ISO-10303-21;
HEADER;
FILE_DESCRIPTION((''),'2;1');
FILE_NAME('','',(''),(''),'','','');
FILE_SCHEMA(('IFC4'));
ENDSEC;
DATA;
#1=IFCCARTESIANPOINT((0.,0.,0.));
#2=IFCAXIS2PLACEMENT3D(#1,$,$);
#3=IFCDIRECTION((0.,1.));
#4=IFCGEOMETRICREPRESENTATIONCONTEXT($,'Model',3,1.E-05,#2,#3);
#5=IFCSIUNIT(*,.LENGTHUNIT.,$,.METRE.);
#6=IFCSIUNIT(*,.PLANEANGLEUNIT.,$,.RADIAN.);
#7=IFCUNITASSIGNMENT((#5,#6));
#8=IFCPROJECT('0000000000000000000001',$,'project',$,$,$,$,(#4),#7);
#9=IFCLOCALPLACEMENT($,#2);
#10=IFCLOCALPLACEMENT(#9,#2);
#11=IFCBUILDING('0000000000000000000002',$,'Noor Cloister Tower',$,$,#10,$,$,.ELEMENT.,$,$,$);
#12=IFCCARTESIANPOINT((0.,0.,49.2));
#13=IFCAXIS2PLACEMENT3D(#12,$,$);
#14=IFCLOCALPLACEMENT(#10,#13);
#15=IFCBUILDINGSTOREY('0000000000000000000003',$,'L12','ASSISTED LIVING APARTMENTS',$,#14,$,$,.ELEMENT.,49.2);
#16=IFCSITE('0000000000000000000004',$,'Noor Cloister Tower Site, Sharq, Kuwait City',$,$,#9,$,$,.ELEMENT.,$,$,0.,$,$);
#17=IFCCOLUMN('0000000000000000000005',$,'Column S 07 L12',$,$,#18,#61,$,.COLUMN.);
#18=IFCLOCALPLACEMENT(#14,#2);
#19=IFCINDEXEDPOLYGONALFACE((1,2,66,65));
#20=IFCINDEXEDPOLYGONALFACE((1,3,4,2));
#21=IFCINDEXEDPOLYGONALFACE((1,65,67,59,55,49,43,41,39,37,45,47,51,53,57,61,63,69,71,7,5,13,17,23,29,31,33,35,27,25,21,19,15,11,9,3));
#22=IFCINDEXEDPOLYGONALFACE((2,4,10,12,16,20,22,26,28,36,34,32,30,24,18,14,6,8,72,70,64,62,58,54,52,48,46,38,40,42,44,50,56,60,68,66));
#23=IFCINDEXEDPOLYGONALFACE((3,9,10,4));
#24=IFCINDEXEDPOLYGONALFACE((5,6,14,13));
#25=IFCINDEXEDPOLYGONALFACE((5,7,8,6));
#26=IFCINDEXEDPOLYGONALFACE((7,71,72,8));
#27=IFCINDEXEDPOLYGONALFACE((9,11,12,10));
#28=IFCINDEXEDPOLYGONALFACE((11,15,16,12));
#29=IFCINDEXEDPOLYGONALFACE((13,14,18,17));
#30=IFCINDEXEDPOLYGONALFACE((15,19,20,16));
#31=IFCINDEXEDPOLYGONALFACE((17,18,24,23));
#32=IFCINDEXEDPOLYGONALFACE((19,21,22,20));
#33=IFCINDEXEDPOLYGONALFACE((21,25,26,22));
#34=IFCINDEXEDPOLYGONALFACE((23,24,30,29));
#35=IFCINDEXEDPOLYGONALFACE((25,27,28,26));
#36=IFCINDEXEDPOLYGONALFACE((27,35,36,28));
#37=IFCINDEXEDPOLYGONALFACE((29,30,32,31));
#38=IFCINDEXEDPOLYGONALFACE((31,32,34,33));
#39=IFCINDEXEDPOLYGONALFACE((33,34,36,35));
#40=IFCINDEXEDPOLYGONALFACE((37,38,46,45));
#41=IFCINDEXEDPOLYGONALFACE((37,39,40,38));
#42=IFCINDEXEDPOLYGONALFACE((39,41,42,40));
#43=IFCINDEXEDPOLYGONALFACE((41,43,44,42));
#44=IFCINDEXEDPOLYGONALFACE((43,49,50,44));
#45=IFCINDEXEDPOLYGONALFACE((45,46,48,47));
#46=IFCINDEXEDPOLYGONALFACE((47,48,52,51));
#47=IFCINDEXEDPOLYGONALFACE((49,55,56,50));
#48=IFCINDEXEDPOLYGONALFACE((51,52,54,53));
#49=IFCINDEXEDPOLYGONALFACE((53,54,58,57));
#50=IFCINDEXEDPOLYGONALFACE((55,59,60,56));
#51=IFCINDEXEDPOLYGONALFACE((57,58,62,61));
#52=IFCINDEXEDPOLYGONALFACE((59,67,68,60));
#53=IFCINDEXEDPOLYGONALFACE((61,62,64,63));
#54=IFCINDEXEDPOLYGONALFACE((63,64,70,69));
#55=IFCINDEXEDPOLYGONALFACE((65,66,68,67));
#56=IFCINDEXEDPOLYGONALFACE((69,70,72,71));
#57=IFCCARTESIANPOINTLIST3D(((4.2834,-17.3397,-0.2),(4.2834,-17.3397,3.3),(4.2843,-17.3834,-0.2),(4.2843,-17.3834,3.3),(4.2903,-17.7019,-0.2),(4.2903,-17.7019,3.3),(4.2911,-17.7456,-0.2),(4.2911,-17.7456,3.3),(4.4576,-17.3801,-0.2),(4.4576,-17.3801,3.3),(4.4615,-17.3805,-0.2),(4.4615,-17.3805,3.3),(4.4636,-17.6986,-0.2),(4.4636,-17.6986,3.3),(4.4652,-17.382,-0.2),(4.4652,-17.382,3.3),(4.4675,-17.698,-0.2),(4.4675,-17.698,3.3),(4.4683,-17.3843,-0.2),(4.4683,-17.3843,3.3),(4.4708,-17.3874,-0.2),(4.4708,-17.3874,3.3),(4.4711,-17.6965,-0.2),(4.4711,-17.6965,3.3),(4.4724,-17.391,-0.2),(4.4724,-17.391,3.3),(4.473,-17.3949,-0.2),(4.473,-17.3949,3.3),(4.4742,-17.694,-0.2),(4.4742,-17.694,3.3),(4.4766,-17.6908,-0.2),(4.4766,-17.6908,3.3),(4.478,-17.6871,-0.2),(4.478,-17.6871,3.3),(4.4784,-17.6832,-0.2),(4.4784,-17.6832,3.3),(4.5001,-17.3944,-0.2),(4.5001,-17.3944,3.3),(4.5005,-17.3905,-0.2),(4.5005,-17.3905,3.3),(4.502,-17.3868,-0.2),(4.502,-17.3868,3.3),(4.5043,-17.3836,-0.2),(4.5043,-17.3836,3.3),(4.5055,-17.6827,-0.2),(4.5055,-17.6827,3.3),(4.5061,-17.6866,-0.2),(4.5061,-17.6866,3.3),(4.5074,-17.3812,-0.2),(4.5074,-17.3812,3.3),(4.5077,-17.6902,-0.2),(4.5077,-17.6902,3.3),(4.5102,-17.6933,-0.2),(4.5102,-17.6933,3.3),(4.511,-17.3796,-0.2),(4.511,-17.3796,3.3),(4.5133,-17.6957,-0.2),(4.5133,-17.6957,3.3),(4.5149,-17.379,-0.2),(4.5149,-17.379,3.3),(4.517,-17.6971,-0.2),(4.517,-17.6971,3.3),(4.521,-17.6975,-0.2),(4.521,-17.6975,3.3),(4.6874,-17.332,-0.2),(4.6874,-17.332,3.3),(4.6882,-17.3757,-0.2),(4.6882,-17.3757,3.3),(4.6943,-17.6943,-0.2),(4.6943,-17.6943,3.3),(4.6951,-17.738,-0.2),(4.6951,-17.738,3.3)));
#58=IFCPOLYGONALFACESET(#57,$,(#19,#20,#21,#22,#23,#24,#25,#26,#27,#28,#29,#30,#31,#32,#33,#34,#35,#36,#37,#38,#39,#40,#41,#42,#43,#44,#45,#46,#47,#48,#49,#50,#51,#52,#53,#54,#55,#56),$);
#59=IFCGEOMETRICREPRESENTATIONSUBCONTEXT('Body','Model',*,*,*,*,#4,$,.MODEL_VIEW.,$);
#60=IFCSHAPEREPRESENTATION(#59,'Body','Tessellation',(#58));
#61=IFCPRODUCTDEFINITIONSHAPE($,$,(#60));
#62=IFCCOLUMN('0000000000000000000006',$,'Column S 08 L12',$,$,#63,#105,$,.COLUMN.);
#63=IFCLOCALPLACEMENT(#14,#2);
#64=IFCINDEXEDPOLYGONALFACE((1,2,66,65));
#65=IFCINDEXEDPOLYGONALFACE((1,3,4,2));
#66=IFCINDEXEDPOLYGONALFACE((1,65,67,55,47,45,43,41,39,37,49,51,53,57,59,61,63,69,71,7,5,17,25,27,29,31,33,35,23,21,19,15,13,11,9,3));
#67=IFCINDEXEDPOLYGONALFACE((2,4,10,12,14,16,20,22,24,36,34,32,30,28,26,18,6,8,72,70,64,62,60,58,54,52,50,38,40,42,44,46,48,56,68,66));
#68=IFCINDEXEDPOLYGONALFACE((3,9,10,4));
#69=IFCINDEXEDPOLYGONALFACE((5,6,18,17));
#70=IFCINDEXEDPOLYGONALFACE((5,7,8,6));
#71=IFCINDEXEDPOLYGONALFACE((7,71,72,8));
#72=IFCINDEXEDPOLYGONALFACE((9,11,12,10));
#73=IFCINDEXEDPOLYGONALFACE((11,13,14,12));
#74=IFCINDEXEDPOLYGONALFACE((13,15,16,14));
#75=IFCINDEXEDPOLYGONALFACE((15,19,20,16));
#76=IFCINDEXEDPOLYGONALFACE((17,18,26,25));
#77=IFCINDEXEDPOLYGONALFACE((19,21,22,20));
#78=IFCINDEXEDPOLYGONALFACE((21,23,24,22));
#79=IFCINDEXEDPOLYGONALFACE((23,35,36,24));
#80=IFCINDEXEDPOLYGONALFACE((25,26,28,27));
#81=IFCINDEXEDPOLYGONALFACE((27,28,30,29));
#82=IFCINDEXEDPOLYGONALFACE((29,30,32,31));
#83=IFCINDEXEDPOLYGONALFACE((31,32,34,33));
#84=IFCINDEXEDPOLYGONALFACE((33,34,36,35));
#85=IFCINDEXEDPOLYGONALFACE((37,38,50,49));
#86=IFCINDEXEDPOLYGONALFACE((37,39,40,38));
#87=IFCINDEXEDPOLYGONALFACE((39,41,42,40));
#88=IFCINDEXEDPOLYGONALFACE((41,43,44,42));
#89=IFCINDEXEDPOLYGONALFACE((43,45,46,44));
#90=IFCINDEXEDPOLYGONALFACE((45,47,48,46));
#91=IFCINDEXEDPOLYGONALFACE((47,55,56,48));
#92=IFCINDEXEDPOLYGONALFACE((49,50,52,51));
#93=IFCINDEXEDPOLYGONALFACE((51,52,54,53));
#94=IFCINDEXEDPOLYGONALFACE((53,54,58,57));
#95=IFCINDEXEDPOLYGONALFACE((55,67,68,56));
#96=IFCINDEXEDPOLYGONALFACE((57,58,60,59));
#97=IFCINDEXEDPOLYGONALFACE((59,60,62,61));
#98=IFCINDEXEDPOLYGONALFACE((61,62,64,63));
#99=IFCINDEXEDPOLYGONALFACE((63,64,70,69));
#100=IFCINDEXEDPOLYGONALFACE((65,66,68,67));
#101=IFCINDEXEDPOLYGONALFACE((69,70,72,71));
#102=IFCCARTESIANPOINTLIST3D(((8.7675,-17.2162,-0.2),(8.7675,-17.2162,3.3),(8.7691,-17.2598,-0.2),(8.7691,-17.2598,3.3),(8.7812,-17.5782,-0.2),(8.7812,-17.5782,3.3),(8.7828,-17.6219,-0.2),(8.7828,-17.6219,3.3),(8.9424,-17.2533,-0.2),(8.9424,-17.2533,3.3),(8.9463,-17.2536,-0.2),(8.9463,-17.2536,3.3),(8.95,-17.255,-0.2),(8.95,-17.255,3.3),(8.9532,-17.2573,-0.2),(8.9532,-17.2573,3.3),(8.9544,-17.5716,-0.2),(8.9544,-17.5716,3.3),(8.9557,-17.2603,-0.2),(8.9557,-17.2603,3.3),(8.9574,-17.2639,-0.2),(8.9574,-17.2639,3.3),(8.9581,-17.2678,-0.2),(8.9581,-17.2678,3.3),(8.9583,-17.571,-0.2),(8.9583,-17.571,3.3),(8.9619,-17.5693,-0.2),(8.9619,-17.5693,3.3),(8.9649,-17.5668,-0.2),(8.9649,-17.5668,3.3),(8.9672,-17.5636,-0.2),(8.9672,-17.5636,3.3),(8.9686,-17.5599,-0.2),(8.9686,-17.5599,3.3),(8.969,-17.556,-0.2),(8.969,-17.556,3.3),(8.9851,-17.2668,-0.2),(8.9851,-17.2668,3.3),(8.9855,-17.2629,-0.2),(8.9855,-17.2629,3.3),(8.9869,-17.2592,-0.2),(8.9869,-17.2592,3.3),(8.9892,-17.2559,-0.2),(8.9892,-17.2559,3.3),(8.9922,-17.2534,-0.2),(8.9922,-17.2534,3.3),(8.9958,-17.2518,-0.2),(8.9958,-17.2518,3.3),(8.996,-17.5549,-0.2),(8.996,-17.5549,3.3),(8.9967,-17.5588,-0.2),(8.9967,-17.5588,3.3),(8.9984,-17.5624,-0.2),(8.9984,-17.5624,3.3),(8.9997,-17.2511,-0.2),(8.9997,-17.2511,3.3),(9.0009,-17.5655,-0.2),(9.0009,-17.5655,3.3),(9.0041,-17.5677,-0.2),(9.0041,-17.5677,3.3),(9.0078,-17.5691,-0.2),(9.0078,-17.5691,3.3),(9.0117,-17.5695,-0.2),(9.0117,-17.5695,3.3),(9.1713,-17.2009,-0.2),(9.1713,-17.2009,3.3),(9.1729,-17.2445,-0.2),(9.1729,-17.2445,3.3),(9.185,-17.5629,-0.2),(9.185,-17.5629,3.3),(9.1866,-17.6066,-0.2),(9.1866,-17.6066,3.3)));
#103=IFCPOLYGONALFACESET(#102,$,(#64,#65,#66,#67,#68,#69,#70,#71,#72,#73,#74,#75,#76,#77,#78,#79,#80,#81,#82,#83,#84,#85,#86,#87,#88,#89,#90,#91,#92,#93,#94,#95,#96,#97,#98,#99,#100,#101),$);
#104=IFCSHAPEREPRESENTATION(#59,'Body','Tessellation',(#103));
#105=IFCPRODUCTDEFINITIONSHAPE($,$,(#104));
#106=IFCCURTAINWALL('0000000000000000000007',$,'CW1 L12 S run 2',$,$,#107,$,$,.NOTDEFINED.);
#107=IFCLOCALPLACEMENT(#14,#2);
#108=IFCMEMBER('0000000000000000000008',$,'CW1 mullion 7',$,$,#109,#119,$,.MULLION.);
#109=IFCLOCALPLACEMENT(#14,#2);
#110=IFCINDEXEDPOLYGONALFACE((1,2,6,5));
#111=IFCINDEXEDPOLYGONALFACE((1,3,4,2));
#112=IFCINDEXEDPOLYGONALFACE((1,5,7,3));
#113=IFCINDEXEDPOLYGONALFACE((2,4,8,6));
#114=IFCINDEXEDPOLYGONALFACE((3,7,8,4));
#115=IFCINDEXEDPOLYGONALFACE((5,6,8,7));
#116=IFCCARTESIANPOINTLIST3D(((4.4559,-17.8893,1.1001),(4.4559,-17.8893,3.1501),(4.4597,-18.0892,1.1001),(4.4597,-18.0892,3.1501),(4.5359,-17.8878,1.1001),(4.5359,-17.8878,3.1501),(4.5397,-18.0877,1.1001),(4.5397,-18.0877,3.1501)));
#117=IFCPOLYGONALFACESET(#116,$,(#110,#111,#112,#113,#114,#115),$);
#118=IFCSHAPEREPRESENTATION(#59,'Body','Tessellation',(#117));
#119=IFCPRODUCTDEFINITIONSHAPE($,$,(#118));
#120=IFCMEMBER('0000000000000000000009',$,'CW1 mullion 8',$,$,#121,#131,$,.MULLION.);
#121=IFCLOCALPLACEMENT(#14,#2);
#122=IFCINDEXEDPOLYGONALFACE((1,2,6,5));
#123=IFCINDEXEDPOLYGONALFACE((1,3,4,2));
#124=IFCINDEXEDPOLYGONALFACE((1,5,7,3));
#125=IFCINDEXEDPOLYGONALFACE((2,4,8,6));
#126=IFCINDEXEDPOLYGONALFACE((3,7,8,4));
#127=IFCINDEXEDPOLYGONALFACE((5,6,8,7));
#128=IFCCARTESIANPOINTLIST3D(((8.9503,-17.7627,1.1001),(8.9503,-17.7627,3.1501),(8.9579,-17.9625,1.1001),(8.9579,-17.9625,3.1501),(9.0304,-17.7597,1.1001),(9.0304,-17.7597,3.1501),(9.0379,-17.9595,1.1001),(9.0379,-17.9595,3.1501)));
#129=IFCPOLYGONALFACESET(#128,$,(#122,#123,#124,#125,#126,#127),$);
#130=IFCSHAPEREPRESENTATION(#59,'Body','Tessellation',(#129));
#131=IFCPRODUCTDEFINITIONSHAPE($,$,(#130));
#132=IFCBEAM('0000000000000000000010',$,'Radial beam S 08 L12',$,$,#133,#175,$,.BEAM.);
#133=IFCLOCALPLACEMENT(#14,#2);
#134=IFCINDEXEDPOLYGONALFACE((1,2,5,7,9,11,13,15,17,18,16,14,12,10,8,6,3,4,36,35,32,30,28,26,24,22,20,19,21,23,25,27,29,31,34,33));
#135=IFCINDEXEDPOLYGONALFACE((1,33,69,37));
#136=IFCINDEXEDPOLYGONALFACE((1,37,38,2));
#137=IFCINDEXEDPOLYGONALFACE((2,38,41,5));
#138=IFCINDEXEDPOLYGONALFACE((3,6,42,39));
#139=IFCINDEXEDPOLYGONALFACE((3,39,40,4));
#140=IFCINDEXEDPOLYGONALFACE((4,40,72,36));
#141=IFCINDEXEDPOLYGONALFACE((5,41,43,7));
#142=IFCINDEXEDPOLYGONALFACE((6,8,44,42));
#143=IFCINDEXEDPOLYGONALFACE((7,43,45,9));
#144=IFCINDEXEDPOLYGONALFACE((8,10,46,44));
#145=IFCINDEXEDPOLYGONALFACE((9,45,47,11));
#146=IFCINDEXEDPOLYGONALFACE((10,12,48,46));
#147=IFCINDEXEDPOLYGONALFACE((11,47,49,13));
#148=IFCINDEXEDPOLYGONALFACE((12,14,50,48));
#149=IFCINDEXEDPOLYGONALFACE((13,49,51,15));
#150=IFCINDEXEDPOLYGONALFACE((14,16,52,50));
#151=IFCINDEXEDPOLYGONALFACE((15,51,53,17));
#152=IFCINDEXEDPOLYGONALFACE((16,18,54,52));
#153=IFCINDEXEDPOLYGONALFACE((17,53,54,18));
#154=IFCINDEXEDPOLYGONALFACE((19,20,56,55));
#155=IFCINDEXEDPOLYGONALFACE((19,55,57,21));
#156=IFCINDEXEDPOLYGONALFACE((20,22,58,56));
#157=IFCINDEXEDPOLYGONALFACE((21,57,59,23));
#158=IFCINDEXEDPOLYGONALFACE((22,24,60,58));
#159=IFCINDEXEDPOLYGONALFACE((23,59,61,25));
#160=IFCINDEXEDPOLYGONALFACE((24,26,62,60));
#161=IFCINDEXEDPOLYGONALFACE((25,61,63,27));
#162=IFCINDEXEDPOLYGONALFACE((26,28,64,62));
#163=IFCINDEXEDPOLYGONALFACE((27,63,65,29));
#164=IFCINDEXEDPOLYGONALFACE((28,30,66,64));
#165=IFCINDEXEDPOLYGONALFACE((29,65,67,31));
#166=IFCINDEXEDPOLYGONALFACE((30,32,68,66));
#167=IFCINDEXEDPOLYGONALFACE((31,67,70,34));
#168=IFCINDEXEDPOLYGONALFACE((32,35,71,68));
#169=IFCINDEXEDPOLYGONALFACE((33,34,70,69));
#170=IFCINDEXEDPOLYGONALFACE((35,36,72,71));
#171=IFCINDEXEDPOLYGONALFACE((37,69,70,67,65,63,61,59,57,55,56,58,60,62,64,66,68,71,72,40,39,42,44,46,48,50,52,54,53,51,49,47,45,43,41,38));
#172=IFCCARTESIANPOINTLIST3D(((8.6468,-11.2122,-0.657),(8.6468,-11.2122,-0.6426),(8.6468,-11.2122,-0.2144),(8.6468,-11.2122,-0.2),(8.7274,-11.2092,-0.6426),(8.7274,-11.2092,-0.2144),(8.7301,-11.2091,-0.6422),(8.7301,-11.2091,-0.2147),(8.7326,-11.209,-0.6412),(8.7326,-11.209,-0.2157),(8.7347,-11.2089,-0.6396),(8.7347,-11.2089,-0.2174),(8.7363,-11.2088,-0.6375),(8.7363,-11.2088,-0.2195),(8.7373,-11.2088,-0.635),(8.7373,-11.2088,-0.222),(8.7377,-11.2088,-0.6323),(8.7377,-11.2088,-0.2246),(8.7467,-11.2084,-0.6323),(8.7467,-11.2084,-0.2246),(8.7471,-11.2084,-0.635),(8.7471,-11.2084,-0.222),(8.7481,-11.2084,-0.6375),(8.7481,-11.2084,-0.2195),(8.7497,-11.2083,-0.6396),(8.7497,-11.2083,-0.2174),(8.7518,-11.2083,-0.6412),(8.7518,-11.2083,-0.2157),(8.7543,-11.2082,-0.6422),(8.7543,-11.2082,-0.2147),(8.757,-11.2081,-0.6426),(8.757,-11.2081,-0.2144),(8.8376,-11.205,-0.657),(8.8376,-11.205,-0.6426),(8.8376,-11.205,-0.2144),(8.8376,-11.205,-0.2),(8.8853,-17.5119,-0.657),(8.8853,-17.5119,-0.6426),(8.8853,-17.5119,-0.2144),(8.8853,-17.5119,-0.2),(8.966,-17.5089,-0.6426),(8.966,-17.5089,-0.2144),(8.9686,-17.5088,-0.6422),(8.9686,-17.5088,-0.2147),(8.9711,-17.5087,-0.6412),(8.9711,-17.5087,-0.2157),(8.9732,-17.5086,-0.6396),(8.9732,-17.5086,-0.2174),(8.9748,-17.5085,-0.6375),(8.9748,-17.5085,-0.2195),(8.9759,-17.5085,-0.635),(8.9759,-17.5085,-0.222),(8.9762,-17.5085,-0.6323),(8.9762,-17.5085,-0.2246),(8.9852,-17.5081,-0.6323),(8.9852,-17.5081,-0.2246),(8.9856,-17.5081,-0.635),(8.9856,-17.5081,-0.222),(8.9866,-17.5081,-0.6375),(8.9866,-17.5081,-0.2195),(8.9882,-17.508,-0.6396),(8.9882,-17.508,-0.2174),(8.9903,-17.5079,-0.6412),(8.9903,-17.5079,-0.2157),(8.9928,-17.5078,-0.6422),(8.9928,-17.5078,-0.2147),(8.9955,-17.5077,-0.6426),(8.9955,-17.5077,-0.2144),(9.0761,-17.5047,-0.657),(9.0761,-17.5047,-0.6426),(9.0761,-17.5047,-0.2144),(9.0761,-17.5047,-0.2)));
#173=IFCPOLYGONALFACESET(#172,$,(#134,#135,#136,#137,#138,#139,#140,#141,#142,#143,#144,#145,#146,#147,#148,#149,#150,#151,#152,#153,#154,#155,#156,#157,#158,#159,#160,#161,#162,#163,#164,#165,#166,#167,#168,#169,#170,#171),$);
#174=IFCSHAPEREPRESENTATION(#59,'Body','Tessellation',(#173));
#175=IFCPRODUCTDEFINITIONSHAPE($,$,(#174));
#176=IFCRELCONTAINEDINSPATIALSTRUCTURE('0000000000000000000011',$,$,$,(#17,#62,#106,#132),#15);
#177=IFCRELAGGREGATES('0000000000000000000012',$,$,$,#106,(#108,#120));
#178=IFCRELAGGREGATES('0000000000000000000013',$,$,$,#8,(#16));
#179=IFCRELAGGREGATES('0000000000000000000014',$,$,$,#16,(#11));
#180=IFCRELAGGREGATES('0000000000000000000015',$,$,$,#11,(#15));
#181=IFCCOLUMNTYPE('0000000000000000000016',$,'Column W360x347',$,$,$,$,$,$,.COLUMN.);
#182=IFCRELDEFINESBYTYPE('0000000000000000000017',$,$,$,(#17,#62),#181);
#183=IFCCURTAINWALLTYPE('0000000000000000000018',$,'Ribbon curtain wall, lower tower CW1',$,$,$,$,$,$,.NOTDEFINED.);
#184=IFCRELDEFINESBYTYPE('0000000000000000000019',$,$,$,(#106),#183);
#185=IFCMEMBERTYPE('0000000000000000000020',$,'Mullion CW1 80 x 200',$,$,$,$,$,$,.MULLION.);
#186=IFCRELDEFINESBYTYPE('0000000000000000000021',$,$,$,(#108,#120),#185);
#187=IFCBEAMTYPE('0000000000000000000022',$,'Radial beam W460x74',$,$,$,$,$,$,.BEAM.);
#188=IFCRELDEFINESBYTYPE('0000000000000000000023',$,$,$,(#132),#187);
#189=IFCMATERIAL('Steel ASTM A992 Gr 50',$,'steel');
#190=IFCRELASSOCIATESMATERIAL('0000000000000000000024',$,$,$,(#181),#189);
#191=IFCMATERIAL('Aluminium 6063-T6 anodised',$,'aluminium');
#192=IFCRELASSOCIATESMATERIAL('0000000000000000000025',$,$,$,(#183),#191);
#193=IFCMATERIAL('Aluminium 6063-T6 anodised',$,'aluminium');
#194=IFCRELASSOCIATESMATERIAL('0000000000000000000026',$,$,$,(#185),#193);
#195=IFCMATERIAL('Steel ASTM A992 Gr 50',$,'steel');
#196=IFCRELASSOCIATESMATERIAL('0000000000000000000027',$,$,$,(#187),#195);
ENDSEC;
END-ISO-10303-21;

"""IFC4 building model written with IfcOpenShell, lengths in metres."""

from ifc_helpers import new_model, si_unit, direction, frame, origin, origin_2d, place, context, subcontext, project, spatial, rectangle, i_section, extrude, material, material_profile, profile_set, type_object, element, aggregate, save


model = new_model("IFC4")

# Units and contexts
model_context = context("Model", 3, precision=1e-05, world=origin(), true_north=direction((0.0, 1.0)))
body_context = subcontext(model_context, "Body", "Model", "MODEL_VIEW")
ifc_project = project(units=[si_unit("LENGTHUNIT", "METRE"), si_unit("PLANEANGLEUNIT", "RADIAN")], contexts=[model_context])

# Site, building, storey
site_placement = place(None, origin())
site = spatial("IfcSite", under=ifc_project, at=site_placement, Name="Noor Cloister Tower Site, Sharq, Kuwait City", CompositionType="ELEMENT", RefElevation=0.0)
building_placement = place(site_placement, origin())
building = spatial("IfcBuilding", under=site, at=building_placement, Name="Noor Cloister Tower", CompositionType="ELEMENT")
storey_placement = place(building_placement, frame((0.0, 0.0, 49.2)))
storey = spatial("IfcBuildingStorey", under=building, at=storey_placement, Name="L12", Description="ASSISTED LIVING APARTMENTS", CompositionType="ELEMENT", Elevation=49.2)

# Columns
ifc_material_1 = material(Name="Steel ASTM A992 Gr 50", Category="steel")
ifc_material_profile_1 = material_profile(ifc_material_1, i_section(OverallWidth=0.4041, OverallDepth=0.406, WebThickness=0.0271, FlangeThickness=0.0437, FilletRadius=0.0151, at=origin_2d()), Name="W360x347")
ifc_profile_set_1 = profile_set([ifc_material_profile_1], Name="Steel ASTM A992 Gr 50")
column_type = type_object("IfcColumnType", Name="Column W360x347", PredefinedType="COLUMN", material=ifc_profile_set_1)
for number, where, z_axis, x_axis, name in (
    (1, (4.4893, -17.5388, -0.2), (0.0, 0.0, 1.0), (0.999821, 0.018915, 0.0), "Column S 07 L12"),
    (2, (8.9771, -17.4114, -0.2), (0.0, 0.0, 1.0), (0.999284, 0.037823, 0.0), "Column S 08 L12"),
):
    element("IfcColumn", number, at=place(storey_placement, frame(where, z_axis=z_axis, x_axis=x_axis)), inside=storey, type_object=column_type, Name=name, PredefinedType="COLUMN", context=body_context, shape_type="SweptSolid", body=[
        extrude(i_section(OverallWidth=0.4041, OverallDepth=0.406, WebThickness=0.0271, FlangeThickness=0.0437, FilletRadius=0.0151, at=origin_2d()), origin(), (0.0, 0.0, 1.0), 3.5),
    ])

# Curtain wall, members
ifc_material_2 = material(Name="Aluminium 6063-T6 anodised", Category="aluminium")
curtain_wall_type = type_object("IfcCurtainWallType", Name="Ribbon curtain wall, lower tower CW1", PredefinedType="NOTDEFINED", material=ifc_material_2)
curtain_wall_placement = place(storey_placement, origin())
curtain_wall = element("IfcCurtainWall", 3, at=curtain_wall_placement, inside=storey, type_object=curtain_wall_type, Name="CW1 L12 S run 2", PredefinedType="NOTDEFINED")
ifc_material_3 = material(Name="Aluminium 6063-T6 anodised", Category="aluminium")
ifc_material_profile_2 = material_profile(ifc_material_3, rectangle(XDim=0.2, YDim=0.0801, at=origin_2d()), Name="200 x 80 mullion")
ifc_profile_set_2 = profile_set([ifc_material_profile_2], Name="Aluminium 6063-T6 anodised")
member_type = type_object("IfcMemberType", Name="Mullion CW1 80 x 200", PredefinedType="MULLION", material=ifc_profile_set_2)
member_1_placement = place(storey_placement, frame((4.4978, -17.9885, 1.1001), z_axis=(0.0, 0.0, 1.0), x_axis=(-0.018915, 0.999821, 0.0)))
member_1 = element("IfcMember", 4, at=member_1_placement, type_object=member_type, Name="CW1 mullion 7", PredefinedType="MULLION", context=body_context, shape_type="SweptSolid", body=[
    extrude(rectangle(XDim=0.2, YDim=0.0801, at=origin_2d()), origin(), (0.0, 0.0, 1.0), 2.05),
])
member_2_placement = place(storey_placement, frame((8.9941, -17.8611, 1.1001), z_axis=(0.0, 0.0, 1.0), x_axis=(-0.037823, 0.999284, 0.0)))
member_2 = element("IfcMember", 5, at=member_2_placement, type_object=member_type, Name="CW1 mullion 8", PredefinedType="MULLION", context=body_context, shape_type="SweptSolid", body=[
    extrude(rectangle(XDim=0.2, YDim=0.0801, at=origin_2d()), origin(), (0.0, 0.0, 1.0), 2.05),
])

# Beam
ifc_material_4 = material(Name="Steel ASTM A992 Gr 50", Category="steel")
ifc_material_profile_3 = material_profile(ifc_material_4, i_section(OverallWidth=0.1909, OverallDepth=0.457, WebThickness=0.009, FlangeThickness=0.0144, FilletRadius=0.0103, at=origin_2d()), Name="W460x74")
ifc_profile_set_3 = profile_set([ifc_material_profile_3], Name="Steel ASTM A992 Gr 50")
beam_type_1 = type_object("IfcBeamType", Name="Radial beam W460x74", PredefinedType="BEAM", material=ifc_profile_set_3)
beam_1_placement = place(storey_placement, frame((8.9807, -17.5083, -0.4285), z_axis=(-0.037835, 0.999284, 0.0), x_axis=(-0.999284, -0.037835, 0.0)))
element("IfcBeam", 6, at=beam_1_placement, inside=storey, type_object=beam_type_1, Name="Radial beam S 08 L12", PredefinedType="BEAM", context=body_context, shape_type="SweptSolid", body=[
    extrude(i_section(OverallWidth=0.1909, OverallDepth=0.457, WebThickness=0.009, FlangeThickness=0.0144, FilletRadius=0.0103, at=origin_2d()), origin(), (0.0, 0.0, 1.0), 6.3042),
])

aggregate(curtain_wall, [member_1, member_2])

save(model, "model.ifc")
